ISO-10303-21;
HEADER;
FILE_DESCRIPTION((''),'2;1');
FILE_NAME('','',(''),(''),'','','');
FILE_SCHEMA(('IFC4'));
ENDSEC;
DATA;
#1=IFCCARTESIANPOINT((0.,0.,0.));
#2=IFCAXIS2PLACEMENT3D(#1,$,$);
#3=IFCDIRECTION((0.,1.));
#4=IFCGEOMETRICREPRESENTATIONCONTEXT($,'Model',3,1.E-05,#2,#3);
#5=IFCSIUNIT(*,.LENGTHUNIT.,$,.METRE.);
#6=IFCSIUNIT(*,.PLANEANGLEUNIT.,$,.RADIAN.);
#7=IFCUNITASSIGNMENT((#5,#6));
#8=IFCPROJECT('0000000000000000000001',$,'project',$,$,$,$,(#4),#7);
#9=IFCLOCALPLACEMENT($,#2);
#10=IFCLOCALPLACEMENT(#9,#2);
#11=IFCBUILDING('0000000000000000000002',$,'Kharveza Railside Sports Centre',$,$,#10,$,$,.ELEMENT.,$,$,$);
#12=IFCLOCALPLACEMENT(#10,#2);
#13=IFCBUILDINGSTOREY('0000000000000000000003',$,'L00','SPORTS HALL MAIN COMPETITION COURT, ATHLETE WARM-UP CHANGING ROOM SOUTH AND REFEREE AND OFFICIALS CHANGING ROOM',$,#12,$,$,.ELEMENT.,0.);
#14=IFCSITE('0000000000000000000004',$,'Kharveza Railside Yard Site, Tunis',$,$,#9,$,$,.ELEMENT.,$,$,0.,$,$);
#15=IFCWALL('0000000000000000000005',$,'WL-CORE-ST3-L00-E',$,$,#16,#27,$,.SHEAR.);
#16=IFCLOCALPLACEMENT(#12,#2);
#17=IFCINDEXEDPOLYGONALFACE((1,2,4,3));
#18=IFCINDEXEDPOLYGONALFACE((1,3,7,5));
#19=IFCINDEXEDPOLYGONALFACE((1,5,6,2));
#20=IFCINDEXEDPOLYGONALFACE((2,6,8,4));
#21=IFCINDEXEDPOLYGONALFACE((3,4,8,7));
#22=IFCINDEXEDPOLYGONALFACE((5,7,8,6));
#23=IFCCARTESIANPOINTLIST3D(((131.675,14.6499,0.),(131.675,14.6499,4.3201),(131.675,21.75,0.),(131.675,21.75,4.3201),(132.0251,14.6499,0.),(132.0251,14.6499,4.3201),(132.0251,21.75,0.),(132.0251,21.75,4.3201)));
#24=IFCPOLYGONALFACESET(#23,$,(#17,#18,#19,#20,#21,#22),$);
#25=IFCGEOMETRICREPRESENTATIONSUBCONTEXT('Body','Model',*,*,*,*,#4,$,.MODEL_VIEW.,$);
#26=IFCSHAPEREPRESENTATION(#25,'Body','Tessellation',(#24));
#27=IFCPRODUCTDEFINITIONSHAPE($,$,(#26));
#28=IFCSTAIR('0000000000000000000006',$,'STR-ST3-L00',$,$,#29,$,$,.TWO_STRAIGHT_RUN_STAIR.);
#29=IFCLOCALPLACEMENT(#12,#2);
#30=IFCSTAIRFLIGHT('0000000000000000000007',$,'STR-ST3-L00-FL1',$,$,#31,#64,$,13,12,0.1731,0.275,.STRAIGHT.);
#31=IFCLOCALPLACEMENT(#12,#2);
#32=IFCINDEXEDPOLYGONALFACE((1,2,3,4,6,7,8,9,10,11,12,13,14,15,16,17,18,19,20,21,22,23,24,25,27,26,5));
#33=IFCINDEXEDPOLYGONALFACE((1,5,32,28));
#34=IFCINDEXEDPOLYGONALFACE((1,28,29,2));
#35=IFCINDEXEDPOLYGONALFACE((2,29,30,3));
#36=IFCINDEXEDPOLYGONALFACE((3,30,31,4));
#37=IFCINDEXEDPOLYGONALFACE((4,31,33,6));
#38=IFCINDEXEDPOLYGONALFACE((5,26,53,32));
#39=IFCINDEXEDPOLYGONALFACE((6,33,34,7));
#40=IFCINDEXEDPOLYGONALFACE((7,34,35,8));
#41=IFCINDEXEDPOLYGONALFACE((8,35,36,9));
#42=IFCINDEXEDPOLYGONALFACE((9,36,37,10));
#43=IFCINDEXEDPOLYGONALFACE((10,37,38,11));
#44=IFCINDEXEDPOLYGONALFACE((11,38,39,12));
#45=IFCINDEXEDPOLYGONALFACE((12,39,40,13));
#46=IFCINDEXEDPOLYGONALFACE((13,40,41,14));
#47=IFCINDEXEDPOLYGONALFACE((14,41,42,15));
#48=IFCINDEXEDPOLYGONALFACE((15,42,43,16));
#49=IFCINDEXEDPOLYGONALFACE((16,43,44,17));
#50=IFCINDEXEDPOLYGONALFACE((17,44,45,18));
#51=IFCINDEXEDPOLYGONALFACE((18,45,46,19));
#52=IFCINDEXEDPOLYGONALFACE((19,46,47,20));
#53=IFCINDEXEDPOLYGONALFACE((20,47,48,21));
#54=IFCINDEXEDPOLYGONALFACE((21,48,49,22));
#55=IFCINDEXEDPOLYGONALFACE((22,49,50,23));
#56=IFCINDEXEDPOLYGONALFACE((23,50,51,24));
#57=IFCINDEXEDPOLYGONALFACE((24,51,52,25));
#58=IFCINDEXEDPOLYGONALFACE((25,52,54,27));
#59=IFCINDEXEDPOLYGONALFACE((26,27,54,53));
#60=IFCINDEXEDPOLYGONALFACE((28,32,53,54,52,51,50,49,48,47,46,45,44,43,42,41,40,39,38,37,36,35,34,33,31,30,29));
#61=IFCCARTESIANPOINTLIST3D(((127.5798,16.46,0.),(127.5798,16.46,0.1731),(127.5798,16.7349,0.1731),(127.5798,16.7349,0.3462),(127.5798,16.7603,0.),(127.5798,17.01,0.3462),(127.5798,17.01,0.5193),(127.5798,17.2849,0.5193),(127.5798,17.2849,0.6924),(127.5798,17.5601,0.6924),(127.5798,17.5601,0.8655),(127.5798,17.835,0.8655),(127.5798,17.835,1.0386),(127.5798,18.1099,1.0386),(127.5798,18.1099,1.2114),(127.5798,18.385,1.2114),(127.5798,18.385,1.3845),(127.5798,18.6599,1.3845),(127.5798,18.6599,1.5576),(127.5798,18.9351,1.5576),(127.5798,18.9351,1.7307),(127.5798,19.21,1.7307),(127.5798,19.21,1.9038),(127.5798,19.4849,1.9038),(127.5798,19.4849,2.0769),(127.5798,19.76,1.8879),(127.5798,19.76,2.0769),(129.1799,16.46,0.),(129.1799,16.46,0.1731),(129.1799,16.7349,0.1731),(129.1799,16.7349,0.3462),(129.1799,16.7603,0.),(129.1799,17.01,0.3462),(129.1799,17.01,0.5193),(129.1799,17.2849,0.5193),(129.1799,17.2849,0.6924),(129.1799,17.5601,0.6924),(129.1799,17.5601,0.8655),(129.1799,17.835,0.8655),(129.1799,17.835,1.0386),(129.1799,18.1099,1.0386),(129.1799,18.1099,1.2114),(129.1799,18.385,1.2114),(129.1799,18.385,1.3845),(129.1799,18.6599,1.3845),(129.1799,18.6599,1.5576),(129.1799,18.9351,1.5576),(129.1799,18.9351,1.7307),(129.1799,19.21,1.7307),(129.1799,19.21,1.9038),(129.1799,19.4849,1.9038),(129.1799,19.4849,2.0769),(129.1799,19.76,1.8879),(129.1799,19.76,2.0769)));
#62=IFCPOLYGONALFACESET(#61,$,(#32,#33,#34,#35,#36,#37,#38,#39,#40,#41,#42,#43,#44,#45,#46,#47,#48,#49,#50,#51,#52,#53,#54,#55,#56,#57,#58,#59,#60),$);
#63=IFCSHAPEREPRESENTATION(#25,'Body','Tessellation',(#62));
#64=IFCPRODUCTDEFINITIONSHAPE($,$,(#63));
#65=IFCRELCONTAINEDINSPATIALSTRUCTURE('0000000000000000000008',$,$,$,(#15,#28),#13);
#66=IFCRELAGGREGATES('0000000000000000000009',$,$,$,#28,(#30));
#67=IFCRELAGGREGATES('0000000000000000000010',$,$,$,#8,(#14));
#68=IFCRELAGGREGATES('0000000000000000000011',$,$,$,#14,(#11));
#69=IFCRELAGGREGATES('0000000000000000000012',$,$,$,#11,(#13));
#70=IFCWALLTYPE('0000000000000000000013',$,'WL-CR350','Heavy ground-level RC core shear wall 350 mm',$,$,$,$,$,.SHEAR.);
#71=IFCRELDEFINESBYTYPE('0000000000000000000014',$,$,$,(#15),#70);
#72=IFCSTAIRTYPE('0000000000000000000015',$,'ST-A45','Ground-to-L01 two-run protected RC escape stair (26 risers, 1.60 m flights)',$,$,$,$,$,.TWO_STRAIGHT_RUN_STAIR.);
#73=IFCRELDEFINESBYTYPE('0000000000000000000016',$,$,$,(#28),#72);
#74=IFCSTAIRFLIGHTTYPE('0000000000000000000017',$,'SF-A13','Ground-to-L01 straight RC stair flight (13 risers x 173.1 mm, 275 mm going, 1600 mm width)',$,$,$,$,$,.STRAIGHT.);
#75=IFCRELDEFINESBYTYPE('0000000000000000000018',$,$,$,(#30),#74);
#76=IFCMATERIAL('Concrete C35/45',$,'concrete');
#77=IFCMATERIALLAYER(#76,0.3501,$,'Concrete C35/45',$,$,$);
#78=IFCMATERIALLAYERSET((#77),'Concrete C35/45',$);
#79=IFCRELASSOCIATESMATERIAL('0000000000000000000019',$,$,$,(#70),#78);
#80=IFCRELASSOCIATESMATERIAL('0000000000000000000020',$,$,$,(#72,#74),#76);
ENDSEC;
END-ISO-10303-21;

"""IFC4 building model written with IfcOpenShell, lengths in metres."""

from ifc_helpers import new_model, si_unit, direction, frame, frame_2d, origin, place, context, subcontext, project, spatial, polyline, rectangle, outline, extrude, material, layer, layer_set, type_object, element, aggregate, save


model = new_model("IFC4")

# Units and contexts
model_context = context("Model", 3, precision=1e-05, world=origin(), true_north=direction((0.0, 1.0)))
body_context = subcontext(model_context, "Body", "Model", "MODEL_VIEW")
ifc_project = project(units=[si_unit("LENGTHUNIT", "METRE"), si_unit("PLANEANGLEUNIT", "RADIAN")], contexts=[model_context])

# Site, building, storey
site_placement = place(None, origin())
site = spatial("IfcSite", under=ifc_project, at=site_placement, Name="Kharveza Railside Yard Site, Tunis", CompositionType="ELEMENT", RefElevation=0.0)
building_placement = place(site_placement, origin())
building = spatial("IfcBuilding", under=site, at=building_placement, Name="Kharveza Railside Sports Centre", CompositionType="ELEMENT")
storey_placement = place(building_placement, origin())
storey = spatial("IfcBuildingStorey", under=building, at=storey_placement, Name="L00", Description="SPORTS HALL MAIN COMPETITION COURT, ATHLETE WARM-UP CHANGING ROOM SOUTH AND REFEREE AND OFFICIALS CHANGING ROOM", CompositionType="ELEMENT", Elevation=0.0)

# Shared definitions
ifc_material_1 = material(Name="Concrete C35/45", Category="concrete")

# Shared definitions
ifc_layer_1 = layer(ifc_material_1, 0.3501, Name="Concrete C35/45")
ifc_layer_set_1 = layer_set([ifc_layer_1], Name="Concrete C35/45")
wall_type_1 = type_object("IfcWallType", Name="WL-CR350", Description="Heavy ground-level RC core shear wall 350 mm", PredefinedType="SHEAR", material=ifc_layer_set_1)

# Wall
wall_1_placement = place(storey_placement, frame((131.8501, 14.6499, 0.0), z_axis=(0.0, 0.0, 1.0), x_axis=(0.0, 1.0, 0.0)))
element("IfcWall", 1, at=wall_1_placement, inside=storey, type_object=wall_type_1, Name="WL-CORE-ST3-L00-E", PredefinedType="SHEAR", context=body_context, shape_type="SweptSolid", body=[
    extrude(rectangle(XDim=7.1001, YDim=0.3501, at=frame_2d((3.55, 0.0))), origin(), (0.0, 0.0, 1.0), 4.3201),
])

# Stair, stair flight
stair_type = type_object("IfcStairType", Name="ST-A45", Description="Ground-to-L01 two-run protected RC escape stair (26 risers, 1.60 m flights)", PredefinedType="TWO_STRAIGHT_RUN_STAIR", material=ifc_material_1)
stair_placement = place(storey_placement, origin())
stair = element("IfcStair", 2, at=stair_placement, inside=storey, type_object=stair_type, Name="STR-ST3-L00", PredefinedType="TWO_STRAIGHT_RUN_STAIR")
stair_flight_type = type_object("IfcStairFlightType", Name="SF-A13", Description="Ground-to-L01 straight RC stair flight (13 risers x 173.1 mm, 275 mm going, 1600 mm width)", PredefinedType="STRAIGHT", material=ifc_material_1)
stair_flight_placement = place(storey_placement, frame((128.3799, 16.46, 0.0), z_axis=(0.0, 0.0, 1.0), x_axis=(0.0, 1.0, 0.0)))
stair_flight = element("IfcStairFlight", 3, at=stair_flight_placement, type_object=stair_flight_type, Name="STR-ST3-L00-FL1", NumberOfRisers=13, NumberOfTreads=12, PredefinedType="STRAIGHT", RiserHeight=0.1731, TreadLength=0.275, context=body_context, shape_type="SweptSolid", body=[
    extrude(outline(polyline([(0.0, 0.0), (0.0, 0.1731), (0.2749, 0.1731), (0.2749, 0.3462), (0.55, 0.3462), (0.55, 0.5193), (0.825, 0.5193), (0.825, 0.6924), (1.1001, 0.6924), (1.1001, 0.8655), (1.375, 0.8655), (1.375, 1.0386), (1.6499, 1.0386), (1.6499, 1.2114), (1.925, 1.2114), (1.925, 1.3845), (2.2, 1.3845), (2.2, 1.5576), (2.4751, 1.5576), (2.4751, 1.7307), (2.75, 1.7307), (2.75, 1.9038), (3.0249, 1.9038), (3.0249, 2.0769), (3.3, 2.0769), (3.3, 2.25), (3.3, 1.8879), (0.3003, 0.0), (0.0, 0.0)])), frame((0.0, 0.8, 0.0), z_axis=(0.0, -1.0, 0.0), x_axis=(1.0, 0.0, 0.0)), (0.0, 0.0, 1.0), 1.6001),
])
aggregate(stair, [stair_flight])

save(model, "model.ifc")
